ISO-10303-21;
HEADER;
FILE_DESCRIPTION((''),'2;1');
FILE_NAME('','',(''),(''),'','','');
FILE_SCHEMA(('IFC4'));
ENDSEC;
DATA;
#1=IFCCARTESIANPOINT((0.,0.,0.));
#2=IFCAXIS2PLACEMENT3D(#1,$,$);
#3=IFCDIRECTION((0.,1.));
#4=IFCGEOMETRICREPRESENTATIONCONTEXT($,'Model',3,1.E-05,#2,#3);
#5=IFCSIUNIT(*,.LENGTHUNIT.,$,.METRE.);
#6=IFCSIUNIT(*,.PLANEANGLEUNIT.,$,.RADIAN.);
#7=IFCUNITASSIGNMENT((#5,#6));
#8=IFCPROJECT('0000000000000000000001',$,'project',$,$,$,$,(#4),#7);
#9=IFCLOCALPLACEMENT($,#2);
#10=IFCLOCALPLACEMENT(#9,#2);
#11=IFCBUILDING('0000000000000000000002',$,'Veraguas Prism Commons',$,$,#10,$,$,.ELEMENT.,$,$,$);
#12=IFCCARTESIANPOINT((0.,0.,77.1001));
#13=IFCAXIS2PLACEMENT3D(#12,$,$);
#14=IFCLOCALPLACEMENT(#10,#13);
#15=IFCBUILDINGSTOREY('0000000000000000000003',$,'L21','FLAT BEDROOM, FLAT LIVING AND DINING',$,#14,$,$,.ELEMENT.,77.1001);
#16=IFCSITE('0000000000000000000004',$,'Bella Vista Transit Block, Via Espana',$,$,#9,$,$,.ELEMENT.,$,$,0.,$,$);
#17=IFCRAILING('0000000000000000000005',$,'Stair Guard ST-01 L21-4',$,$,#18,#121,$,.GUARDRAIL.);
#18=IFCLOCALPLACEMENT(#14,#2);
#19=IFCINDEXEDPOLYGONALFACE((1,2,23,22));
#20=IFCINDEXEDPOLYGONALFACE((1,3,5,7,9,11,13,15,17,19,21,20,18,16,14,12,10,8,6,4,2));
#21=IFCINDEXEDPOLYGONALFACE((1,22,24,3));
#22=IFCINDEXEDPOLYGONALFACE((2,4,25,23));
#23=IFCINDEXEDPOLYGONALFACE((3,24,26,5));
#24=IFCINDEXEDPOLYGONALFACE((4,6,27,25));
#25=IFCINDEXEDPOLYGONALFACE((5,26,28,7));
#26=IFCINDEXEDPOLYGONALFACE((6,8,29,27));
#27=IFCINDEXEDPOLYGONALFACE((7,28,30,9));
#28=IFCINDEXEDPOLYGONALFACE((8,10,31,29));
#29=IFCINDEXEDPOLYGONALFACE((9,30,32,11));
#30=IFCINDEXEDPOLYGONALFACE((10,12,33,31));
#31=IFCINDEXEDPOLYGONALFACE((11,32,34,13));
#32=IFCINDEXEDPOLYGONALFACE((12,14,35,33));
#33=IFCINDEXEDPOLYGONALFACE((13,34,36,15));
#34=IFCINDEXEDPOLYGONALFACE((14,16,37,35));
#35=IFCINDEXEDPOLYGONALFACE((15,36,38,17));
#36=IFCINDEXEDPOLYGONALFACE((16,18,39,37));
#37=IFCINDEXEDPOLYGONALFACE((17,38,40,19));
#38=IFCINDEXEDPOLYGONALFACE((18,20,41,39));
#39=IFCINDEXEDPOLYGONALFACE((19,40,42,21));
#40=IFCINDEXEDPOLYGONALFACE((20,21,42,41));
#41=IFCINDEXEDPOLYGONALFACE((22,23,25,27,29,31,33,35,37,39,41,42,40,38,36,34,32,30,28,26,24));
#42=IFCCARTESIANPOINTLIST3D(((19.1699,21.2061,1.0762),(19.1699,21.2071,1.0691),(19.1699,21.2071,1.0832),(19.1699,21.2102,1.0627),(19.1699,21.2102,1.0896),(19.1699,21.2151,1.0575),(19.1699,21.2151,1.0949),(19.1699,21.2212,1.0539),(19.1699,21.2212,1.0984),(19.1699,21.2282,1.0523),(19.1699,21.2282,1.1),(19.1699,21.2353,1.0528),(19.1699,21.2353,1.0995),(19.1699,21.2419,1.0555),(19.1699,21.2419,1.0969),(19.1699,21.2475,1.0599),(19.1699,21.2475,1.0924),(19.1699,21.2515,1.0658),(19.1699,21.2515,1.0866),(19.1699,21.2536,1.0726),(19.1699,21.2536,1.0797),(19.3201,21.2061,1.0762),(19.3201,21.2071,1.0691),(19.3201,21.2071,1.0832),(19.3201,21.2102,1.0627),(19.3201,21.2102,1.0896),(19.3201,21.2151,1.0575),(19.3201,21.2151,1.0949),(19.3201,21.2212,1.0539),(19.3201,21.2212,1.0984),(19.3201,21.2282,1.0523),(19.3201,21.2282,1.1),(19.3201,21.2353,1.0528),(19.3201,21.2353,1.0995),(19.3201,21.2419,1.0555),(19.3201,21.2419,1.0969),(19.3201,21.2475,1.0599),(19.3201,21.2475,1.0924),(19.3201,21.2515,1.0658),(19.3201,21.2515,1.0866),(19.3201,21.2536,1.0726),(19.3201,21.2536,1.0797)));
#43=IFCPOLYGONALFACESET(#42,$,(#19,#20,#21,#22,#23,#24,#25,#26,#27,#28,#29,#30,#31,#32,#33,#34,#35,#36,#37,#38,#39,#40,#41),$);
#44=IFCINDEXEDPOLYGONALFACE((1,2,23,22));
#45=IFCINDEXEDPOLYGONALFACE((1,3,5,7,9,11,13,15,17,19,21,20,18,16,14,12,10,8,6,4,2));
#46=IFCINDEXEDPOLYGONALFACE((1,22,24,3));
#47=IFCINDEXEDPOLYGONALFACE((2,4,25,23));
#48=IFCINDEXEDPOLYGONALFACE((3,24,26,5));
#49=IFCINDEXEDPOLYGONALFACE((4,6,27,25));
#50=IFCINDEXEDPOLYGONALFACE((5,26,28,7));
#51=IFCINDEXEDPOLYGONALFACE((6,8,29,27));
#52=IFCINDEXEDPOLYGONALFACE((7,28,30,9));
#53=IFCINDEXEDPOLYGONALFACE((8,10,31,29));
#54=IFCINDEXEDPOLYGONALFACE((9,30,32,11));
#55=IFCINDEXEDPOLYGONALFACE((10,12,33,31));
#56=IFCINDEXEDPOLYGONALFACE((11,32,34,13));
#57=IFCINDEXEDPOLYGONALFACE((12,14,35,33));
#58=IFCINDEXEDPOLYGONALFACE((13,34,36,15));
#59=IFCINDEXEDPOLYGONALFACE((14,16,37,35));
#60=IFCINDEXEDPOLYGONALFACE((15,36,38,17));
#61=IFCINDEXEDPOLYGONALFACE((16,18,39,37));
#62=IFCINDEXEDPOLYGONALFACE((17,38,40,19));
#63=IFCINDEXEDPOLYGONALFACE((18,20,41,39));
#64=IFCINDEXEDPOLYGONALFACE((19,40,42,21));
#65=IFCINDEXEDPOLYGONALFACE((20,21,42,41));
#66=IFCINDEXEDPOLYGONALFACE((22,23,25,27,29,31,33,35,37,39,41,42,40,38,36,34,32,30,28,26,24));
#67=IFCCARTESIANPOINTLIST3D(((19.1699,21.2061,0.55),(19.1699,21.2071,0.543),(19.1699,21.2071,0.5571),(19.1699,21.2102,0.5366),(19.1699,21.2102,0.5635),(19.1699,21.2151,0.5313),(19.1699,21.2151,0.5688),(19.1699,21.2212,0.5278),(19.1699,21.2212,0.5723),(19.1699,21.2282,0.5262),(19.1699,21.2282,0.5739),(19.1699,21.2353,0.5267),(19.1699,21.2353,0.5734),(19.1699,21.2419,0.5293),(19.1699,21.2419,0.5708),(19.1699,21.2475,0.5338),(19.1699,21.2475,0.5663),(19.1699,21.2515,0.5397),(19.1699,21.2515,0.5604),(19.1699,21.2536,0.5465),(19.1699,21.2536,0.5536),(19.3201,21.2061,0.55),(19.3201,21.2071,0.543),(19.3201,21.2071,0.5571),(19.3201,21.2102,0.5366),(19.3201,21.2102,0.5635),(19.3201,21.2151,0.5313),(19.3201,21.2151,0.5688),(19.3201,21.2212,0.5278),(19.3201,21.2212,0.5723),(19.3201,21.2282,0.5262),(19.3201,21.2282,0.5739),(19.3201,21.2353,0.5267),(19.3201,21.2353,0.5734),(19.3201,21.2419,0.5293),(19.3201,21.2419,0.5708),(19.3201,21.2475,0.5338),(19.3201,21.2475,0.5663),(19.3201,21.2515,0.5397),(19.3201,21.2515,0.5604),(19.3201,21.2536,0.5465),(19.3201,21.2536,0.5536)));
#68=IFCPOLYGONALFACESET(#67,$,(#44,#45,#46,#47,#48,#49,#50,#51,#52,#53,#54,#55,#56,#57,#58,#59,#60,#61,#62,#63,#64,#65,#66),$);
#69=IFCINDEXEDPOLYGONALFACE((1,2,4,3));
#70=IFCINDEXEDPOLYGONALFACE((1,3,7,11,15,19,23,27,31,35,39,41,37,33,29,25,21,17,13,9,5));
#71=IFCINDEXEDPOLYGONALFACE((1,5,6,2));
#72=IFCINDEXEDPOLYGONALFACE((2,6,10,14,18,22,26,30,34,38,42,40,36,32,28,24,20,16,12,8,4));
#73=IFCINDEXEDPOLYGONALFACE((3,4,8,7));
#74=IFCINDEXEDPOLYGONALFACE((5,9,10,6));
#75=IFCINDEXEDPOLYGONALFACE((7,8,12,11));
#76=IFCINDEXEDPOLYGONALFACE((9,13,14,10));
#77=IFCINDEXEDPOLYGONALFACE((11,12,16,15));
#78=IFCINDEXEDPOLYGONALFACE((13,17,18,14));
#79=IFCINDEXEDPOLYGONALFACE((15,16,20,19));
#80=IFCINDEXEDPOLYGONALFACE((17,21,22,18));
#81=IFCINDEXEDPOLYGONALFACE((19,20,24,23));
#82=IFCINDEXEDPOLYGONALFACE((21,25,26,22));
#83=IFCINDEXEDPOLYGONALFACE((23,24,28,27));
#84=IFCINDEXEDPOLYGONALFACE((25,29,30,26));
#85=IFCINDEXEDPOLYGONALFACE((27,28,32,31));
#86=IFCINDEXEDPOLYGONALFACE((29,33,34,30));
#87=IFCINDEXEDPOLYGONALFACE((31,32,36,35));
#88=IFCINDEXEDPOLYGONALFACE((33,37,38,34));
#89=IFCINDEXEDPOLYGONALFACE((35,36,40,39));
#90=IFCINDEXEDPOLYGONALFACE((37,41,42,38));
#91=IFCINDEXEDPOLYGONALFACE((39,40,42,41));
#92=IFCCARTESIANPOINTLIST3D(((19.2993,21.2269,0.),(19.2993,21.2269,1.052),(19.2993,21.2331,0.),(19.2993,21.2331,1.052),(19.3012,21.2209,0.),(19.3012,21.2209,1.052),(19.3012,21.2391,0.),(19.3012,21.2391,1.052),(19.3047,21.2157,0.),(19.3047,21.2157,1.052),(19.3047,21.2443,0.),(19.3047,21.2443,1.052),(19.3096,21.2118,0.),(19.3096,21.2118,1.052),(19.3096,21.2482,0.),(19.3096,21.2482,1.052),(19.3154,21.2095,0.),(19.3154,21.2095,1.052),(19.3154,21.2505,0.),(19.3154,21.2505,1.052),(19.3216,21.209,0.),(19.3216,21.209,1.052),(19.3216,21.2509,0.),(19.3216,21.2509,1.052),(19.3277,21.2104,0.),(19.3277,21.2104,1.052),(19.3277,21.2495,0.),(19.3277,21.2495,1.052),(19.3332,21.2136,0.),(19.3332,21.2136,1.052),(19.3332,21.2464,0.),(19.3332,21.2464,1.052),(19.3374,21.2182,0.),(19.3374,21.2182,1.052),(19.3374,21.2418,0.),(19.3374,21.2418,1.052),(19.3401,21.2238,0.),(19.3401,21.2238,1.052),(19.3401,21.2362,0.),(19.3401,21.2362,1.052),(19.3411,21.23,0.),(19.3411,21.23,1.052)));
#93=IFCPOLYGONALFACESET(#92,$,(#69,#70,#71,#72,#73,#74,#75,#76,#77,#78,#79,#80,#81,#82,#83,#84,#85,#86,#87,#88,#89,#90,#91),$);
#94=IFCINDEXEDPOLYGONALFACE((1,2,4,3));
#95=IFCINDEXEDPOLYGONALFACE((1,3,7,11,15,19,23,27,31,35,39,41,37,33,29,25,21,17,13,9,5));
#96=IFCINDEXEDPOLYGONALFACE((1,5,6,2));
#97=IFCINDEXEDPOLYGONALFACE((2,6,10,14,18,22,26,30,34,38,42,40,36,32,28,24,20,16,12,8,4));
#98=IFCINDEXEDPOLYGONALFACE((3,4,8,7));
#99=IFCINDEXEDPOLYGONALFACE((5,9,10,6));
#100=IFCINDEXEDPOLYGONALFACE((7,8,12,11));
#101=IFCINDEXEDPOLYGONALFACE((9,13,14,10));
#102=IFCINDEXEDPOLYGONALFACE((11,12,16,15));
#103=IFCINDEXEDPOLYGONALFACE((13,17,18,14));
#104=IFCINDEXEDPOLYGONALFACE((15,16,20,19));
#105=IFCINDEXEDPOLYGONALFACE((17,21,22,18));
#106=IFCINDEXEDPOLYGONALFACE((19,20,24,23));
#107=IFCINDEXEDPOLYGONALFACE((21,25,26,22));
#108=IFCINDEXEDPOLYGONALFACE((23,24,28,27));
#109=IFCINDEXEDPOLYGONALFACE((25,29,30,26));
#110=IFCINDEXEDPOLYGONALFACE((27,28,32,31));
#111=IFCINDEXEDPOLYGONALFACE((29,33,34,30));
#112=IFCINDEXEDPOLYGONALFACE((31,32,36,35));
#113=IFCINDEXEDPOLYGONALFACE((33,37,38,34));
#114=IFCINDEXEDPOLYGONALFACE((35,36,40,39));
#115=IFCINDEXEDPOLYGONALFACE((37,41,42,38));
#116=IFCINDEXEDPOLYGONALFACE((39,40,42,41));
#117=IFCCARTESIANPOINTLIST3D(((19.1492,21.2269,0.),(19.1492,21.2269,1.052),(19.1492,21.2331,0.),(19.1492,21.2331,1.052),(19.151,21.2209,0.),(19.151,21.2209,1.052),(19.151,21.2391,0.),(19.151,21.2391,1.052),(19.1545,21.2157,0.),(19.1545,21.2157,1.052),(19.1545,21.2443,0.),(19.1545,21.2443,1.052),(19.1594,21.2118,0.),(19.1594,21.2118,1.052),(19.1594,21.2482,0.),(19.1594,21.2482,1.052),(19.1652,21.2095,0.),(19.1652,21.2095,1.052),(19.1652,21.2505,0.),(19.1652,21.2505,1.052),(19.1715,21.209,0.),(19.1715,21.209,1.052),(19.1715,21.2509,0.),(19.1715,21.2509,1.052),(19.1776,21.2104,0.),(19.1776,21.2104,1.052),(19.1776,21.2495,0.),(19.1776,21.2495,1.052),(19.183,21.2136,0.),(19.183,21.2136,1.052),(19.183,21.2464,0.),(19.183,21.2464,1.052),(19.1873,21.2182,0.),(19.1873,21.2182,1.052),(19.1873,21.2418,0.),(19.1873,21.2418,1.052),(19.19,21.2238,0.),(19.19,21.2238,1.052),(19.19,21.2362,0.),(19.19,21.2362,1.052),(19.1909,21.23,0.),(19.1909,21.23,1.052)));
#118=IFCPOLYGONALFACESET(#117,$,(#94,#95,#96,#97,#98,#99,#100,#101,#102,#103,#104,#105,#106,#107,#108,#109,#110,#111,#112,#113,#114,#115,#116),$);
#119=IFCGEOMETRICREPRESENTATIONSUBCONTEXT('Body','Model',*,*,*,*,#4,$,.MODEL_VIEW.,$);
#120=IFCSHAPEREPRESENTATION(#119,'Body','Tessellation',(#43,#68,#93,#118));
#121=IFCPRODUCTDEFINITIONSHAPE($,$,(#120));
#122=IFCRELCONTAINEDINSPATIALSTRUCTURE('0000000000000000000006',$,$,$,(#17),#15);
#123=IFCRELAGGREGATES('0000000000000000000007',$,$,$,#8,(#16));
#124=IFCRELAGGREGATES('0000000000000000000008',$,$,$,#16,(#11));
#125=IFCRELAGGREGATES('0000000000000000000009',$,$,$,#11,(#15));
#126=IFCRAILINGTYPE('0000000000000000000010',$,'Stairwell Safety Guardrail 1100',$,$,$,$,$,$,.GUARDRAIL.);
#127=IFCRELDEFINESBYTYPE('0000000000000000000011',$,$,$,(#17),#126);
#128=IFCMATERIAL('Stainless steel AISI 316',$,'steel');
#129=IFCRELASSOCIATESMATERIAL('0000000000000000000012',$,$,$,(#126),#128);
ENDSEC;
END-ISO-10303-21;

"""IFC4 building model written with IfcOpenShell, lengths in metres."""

from ifc_helpers import new_model, si_unit, direction, frame, origin, origin_2d, place, context, subcontext, project, spatial, circle, extrude, material, type_object, element, save


model = new_model("IFC4")

# Units and contexts
model_context = context("Model", 3, precision=1e-05, world=origin(), true_north=direction((0.0, 1.0)))
body_context = subcontext(model_context, "Body", "Model", "MODEL_VIEW")
ifc_project = project(units=[si_unit("LENGTHUNIT", "METRE"), si_unit("PLANEANGLEUNIT", "RADIAN")], contexts=[model_context])

# Site, building, storey
site_placement = place(None, origin())
site = spatial("IfcSite", under=ifc_project, at=site_placement, Name="Bella Vista Transit Block, Via Espana", CompositionType="ELEMENT", RefElevation=0.0)
building_placement = place(site_placement, origin())
building = spatial("IfcBuilding", under=site, at=building_placement, Name="Veraguas Prism Commons", CompositionType="ELEMENT")
storey_placement = place(building_placement, frame((0.0, 0.0, 77.1001)))
storey = spatial("IfcBuildingStorey", under=building, at=storey_placement, Name="L21", Description="FLAT BEDROOM, FLAT LIVING AND DINING", CompositionType="ELEMENT", Elevation=77.1001)

# Railing
ifc_material_1 = material(Name="Stainless steel AISI 316", Category="steel")
railing_type_1 = type_object("IfcRailingType", Name="Stairwell Safety Guardrail 1100", PredefinedType="GUARDRAIL", material=ifc_material_1)
railing_1_placement = place(storey_placement, frame((19.3201, 21.23, 0.0)))
element("IfcRailing", 1, at=railing_1_placement, inside=storey, type_object=railing_type_1, Name="Stair Guard ST-01 L21-4", PredefinedType="GUARDRAIL", context=body_context, shape_type="SweptSolid", body=[
    extrude(circle(Radius=0.0239, at=origin_2d()), frame((0.0, 0.0, 1.0762), z_axis=(-1.0, 0.0, 0.0), x_axis=(0.0, -1.0, 0.0)), (0.0, 0.0, 1.0), 0.1501),
    extrude(circle(Radius=0.0239, at=origin_2d()), frame((0.0, 0.0, 0.55), z_axis=(-1.0, 0.0, 0.0), x_axis=(0.0, -1.0, 0.0)), (0.0, 0.0, 1.0), 0.1501),
    extrude(circle(Radius=0.021, at=origin_2d()), origin(), (0.0, 0.0, 1.0), 1.052),
    extrude(circle(Radius=0.021, at=origin_2d()), frame((-0.1501, 0.0, 0.0)), (0.0, 0.0, 1.0), 1.052),
])

save(model, "model.ifc")
